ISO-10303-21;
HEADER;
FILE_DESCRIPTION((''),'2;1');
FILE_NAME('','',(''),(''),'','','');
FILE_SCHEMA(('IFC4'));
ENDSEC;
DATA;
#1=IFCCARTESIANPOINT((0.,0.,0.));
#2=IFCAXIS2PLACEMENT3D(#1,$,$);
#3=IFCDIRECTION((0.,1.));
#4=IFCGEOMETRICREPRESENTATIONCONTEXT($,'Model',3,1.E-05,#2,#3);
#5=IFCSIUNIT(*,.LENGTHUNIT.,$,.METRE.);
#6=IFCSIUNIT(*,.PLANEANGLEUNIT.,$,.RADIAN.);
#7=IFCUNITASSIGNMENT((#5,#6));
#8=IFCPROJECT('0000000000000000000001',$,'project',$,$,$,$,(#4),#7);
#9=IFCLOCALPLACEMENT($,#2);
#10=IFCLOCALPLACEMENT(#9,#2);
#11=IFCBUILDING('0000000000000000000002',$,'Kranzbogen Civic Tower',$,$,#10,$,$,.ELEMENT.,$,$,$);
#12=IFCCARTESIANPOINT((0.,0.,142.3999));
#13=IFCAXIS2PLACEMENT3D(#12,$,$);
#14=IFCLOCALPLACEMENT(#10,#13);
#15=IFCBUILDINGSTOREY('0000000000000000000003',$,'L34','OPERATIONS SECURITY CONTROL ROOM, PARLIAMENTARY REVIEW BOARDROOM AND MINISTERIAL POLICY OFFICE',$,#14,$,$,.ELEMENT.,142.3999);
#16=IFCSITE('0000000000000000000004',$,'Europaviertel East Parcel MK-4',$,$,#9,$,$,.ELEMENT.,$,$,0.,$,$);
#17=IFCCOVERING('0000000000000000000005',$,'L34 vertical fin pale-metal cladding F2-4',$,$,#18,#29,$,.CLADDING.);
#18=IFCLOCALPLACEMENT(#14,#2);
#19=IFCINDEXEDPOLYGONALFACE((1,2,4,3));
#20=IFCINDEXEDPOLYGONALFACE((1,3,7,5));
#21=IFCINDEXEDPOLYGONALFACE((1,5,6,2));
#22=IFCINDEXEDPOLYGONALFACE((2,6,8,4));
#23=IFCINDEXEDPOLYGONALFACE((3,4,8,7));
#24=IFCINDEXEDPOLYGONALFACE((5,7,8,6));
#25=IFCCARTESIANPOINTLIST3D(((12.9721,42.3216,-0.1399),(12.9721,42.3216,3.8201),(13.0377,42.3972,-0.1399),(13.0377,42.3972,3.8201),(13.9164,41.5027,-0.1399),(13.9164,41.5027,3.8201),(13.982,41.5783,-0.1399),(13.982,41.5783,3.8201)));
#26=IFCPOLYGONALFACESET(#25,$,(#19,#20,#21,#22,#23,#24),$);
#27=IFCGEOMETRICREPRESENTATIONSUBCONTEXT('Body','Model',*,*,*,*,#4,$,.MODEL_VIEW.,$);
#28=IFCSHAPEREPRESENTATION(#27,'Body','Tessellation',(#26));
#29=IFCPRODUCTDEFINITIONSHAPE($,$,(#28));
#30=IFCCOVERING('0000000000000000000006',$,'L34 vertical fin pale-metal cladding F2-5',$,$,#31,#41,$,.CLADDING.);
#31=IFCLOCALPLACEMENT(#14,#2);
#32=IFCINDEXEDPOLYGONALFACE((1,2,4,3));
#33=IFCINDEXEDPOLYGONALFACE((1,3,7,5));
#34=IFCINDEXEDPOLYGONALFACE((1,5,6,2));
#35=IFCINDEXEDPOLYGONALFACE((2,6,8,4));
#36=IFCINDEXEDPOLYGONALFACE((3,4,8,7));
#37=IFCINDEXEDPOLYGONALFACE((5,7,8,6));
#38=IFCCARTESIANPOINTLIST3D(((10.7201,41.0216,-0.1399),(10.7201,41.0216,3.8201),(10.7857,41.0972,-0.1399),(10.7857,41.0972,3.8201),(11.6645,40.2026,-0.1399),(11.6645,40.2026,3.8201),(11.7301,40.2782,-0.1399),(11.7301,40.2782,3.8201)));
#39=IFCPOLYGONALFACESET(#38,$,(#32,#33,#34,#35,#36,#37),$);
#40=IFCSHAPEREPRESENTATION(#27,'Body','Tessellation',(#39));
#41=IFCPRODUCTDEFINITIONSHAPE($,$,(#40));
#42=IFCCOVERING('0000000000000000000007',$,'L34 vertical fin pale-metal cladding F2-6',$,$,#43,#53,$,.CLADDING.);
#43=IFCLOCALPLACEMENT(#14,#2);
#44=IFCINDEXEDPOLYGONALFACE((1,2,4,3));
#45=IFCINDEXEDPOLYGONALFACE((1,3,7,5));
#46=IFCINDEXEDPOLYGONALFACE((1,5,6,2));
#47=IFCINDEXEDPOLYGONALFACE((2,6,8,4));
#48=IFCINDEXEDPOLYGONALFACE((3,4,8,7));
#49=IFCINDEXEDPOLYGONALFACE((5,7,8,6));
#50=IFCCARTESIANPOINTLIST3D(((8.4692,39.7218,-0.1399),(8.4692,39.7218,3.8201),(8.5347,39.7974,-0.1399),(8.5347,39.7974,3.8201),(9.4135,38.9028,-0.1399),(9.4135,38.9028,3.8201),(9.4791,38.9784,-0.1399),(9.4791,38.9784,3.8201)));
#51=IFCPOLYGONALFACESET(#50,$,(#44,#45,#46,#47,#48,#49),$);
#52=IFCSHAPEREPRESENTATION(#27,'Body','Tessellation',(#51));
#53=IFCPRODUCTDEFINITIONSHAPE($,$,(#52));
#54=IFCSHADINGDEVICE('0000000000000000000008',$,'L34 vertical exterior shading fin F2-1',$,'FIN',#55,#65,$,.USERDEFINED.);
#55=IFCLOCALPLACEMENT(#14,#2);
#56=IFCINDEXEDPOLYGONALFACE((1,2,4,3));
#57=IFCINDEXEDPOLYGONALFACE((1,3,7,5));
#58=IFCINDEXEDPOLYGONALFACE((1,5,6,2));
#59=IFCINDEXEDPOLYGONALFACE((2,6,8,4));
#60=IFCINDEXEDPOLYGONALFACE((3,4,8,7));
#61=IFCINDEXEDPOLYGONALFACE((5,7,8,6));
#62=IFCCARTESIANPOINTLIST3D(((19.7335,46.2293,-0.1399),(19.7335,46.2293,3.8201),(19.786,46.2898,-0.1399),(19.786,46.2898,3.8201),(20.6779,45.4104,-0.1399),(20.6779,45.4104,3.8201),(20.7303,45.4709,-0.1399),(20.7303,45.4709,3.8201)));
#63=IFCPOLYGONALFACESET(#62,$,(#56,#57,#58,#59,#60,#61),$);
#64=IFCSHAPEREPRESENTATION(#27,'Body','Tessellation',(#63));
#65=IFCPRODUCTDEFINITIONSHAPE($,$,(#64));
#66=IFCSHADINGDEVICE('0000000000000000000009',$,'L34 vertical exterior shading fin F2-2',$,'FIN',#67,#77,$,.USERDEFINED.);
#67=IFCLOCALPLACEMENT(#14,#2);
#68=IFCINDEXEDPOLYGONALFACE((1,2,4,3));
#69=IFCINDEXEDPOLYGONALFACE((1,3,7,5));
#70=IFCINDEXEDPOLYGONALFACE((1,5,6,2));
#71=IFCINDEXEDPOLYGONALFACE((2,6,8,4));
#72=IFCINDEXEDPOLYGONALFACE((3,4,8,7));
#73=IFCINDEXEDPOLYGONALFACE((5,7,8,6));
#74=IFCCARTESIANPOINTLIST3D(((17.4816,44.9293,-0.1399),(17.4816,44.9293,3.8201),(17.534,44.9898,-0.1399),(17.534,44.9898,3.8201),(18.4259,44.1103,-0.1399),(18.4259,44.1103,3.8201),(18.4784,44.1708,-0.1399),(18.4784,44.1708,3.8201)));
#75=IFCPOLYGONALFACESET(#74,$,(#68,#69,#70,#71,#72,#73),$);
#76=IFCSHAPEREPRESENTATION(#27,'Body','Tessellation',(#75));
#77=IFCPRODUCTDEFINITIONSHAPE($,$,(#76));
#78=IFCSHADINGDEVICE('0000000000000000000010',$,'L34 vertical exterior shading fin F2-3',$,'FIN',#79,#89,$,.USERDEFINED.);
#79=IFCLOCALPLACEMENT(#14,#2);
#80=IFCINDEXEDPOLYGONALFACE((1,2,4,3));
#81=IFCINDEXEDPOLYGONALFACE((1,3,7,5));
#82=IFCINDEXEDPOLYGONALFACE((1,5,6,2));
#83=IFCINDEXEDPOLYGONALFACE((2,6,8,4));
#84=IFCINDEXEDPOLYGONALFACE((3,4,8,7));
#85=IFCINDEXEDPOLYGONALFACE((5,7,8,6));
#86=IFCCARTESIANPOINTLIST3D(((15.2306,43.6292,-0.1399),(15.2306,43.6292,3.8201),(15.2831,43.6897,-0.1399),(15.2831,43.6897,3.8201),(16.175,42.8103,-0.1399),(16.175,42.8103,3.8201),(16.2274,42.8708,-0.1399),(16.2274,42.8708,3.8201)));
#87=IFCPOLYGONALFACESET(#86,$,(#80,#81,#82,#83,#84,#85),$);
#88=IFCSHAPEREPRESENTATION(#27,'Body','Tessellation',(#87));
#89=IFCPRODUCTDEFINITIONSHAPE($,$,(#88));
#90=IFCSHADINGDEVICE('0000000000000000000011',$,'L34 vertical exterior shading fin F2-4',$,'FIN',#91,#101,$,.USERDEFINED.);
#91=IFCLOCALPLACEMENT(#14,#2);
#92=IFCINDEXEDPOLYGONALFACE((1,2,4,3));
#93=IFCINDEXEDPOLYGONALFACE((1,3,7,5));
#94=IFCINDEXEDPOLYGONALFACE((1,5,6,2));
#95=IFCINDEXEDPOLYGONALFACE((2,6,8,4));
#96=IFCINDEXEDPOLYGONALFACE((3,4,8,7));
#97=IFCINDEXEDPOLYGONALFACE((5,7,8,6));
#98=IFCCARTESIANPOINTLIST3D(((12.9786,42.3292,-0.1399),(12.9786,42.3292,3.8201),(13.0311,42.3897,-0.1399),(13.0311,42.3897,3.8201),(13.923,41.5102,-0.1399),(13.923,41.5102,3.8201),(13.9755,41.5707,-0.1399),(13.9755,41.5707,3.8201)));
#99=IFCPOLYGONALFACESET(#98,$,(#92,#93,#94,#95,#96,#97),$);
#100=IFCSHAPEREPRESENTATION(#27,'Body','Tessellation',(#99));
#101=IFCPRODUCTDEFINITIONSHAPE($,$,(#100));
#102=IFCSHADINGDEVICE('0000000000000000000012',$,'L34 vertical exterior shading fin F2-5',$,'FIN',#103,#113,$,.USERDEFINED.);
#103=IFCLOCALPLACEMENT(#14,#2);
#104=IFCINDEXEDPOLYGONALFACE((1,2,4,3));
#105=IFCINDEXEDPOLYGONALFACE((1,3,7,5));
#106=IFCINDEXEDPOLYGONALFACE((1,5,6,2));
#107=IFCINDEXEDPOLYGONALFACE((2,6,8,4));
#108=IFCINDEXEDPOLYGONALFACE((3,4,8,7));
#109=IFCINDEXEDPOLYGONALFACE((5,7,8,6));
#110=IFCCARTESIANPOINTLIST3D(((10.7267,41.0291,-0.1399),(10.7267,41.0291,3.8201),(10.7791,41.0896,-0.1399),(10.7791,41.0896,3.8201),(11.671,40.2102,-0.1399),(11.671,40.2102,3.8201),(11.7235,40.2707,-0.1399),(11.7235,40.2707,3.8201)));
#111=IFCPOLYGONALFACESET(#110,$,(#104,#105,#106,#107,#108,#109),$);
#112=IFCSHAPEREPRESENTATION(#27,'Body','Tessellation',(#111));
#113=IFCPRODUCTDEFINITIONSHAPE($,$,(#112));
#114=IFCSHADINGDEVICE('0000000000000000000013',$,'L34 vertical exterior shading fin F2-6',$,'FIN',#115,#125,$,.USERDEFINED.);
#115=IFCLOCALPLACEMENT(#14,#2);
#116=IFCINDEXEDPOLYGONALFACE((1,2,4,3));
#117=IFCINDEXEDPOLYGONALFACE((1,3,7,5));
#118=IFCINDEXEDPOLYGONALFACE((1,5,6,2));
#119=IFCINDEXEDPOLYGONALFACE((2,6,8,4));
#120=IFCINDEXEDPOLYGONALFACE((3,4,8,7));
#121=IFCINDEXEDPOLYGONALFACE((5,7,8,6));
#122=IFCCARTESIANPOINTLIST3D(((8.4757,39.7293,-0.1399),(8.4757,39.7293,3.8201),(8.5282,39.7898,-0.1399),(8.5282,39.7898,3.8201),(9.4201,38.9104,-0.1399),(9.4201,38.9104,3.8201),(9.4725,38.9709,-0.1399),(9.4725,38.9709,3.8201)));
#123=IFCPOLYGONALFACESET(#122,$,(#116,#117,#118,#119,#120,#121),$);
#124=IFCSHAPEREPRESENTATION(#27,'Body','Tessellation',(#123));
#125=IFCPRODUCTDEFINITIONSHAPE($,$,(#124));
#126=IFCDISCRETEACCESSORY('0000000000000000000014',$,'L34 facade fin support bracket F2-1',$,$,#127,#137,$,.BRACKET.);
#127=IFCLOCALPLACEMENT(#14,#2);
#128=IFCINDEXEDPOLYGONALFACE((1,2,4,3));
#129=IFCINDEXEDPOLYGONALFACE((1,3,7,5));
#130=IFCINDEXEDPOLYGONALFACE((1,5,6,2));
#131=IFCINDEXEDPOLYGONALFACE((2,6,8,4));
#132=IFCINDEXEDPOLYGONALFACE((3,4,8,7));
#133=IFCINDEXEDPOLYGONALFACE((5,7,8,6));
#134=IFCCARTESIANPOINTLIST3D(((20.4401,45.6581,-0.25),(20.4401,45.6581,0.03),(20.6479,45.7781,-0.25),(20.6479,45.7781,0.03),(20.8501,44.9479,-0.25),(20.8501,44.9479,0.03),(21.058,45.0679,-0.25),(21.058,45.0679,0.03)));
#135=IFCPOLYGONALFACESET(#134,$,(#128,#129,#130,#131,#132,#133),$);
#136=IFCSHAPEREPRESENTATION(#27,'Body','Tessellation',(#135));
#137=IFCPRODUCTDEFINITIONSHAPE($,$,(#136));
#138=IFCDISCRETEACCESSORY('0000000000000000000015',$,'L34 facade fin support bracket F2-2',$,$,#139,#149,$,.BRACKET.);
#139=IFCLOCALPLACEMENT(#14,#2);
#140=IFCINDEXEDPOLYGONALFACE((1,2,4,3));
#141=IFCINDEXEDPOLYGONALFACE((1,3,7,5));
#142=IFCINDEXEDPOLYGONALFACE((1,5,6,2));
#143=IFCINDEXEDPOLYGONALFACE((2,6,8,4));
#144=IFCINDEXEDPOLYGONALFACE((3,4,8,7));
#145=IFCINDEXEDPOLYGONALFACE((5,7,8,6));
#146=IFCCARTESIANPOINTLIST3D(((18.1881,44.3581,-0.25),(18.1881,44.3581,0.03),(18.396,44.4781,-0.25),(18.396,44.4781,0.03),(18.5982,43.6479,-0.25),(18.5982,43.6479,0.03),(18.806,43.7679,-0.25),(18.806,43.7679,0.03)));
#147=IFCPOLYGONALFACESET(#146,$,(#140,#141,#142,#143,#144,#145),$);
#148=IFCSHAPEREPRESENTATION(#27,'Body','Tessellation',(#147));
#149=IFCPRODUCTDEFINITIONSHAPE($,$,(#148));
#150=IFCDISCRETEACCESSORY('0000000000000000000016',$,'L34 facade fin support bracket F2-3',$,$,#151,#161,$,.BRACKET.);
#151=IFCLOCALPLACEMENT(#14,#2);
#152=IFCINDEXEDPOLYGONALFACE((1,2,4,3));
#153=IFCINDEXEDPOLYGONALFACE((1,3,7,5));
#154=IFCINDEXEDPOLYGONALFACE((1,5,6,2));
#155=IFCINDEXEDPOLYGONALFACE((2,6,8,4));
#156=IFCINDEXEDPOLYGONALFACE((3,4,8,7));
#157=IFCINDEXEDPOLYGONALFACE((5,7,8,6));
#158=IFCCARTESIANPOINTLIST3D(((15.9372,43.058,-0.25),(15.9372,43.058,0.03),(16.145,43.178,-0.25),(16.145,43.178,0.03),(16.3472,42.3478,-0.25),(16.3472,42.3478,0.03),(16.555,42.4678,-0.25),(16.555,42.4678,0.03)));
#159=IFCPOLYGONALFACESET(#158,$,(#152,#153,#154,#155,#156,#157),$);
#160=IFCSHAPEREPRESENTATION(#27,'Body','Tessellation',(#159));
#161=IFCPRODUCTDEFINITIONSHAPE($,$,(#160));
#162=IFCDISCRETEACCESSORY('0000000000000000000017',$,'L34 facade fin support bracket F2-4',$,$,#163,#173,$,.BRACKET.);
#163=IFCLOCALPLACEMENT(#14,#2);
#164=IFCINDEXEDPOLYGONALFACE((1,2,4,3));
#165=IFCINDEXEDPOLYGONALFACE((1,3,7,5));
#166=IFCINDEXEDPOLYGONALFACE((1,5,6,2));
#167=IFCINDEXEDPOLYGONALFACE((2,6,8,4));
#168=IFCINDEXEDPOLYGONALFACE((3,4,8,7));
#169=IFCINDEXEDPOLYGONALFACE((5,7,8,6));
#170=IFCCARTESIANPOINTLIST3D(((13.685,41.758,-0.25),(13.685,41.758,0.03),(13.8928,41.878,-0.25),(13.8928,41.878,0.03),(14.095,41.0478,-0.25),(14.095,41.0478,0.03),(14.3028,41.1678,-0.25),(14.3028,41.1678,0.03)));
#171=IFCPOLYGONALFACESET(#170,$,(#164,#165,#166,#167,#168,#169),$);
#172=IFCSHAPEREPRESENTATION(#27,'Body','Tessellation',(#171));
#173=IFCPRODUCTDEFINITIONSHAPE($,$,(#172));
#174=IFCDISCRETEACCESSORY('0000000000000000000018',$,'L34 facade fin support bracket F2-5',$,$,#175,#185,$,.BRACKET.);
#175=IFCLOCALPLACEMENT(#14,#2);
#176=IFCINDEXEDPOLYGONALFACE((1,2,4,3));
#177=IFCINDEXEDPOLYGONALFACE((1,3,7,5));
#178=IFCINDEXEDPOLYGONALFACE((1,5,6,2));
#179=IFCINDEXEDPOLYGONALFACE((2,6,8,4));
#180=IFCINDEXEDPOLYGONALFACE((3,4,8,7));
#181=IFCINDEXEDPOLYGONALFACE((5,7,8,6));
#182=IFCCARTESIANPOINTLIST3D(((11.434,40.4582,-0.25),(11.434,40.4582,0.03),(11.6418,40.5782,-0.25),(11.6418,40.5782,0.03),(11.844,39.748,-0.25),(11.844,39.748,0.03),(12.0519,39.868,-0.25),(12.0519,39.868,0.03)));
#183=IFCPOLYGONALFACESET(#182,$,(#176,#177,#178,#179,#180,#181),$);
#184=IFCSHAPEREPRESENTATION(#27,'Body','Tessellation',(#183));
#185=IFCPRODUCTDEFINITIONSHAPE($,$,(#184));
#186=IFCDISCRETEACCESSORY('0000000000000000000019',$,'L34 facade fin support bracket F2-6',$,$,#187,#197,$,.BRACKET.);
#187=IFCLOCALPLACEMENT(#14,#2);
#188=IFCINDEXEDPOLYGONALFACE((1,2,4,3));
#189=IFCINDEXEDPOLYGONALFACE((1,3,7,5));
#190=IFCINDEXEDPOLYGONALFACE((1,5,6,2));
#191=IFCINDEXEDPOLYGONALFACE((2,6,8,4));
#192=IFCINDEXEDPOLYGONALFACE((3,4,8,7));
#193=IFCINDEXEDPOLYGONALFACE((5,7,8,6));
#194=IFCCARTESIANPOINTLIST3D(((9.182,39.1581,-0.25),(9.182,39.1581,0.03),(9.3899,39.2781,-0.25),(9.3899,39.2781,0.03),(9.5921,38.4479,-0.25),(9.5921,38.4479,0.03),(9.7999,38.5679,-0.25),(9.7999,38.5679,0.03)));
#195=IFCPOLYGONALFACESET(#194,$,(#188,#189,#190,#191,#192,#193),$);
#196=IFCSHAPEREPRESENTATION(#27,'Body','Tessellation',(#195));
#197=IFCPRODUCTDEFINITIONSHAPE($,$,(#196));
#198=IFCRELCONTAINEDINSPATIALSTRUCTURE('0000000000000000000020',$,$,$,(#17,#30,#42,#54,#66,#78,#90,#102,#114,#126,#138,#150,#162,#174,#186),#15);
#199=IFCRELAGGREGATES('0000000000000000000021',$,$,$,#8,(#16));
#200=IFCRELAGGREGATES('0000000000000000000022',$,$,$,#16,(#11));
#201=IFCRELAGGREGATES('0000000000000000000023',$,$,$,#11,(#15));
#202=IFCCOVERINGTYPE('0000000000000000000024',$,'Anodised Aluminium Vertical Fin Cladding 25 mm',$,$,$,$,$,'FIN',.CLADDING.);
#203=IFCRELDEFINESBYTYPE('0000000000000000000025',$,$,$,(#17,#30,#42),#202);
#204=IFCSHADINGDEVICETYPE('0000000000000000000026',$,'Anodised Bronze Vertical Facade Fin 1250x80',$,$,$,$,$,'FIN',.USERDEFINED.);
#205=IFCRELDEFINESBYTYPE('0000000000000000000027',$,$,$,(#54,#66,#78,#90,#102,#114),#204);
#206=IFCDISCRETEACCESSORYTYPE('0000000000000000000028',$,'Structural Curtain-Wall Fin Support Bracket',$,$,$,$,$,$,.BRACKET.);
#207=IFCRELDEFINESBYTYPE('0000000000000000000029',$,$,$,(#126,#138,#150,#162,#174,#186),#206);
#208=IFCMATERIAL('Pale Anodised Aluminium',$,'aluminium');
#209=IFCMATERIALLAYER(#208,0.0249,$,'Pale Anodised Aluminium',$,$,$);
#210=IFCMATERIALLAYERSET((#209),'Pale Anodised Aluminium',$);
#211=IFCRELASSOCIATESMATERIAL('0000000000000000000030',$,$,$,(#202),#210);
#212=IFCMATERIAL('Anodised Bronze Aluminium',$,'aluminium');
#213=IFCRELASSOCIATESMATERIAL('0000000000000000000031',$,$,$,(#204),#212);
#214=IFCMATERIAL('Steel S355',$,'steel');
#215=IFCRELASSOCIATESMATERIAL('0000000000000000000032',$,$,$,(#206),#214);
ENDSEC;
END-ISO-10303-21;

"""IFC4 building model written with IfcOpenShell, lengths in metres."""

from ifc_helpers import new_model, si_unit, direction, frame, origin, origin_2d, place, context, subcontext, project, spatial, rectangle, extrude, material, layer, layer_set, type_object, element, save


model = new_model("IFC4")

# Units and contexts
model_context = context("Model", 3, precision=1e-05, world=origin(), true_north=direction((0.0, 1.0)))
body_context = subcontext(model_context, "Body", "Model", "MODEL_VIEW")
ifc_project = project(units=[si_unit("LENGTHUNIT", "METRE"), si_unit("PLANEANGLEUNIT", "RADIAN")], contexts=[model_context])

# Site, building, storey
site_placement = place(None, origin())
site = spatial("IfcSite", under=ifc_project, at=site_placement, Name="Europaviertel East Parcel MK-4", CompositionType="ELEMENT", RefElevation=0.0)
building_placement = place(site_placement, origin())
building = spatial("IfcBuilding", under=site, at=building_placement, Name="Kranzbogen Civic Tower", CompositionType="ELEMENT")
storey_placement = place(building_placement, frame((0.0, 0.0, 142.3999)))
storey = spatial("IfcBuildingStorey", under=building, at=storey_placement, Name="L34", Description="OPERATIONS SECURITY CONTROL ROOM, PARLIAMENTARY REVIEW BOARDROOM AND MINISTERIAL POLICY OFFICE", CompositionType="ELEMENT", Elevation=142.3999)

# Shared definitions
ifc_material_1 = material(Name="Steel S355", Category="steel")

# Shared definitions
ifc_material_2 = material(Name="Pale Anodised Aluminium", Category="aluminium")

# Coverings
ifc_layer_1 = layer(ifc_material_2, 0.0249, Name="Pale Anodised Aluminium")
ifc_layer_set_1 = layer_set([ifc_layer_1], Name="Pale Anodised Aluminium")
covering_type = type_object("IfcCoveringType", Name="Anodised Aluminium Vertical Fin Cladding 25 mm", ElementType="FIN", PredefinedType="CLADDING", material=ifc_layer_set_1)
for number, where, z_axis, x_axis, name in (
    (1, (13.4771, 41.95, -0.1399), (0.0, 0.0, 1.0), (-0.755488, 0.655163, 0.0), "L34 vertical fin pale-metal cladding F2-4"),
    (2, (11.2251, 40.6499, -0.1399), (0.0, 0.0, 1.0), (-0.755488, 0.655163, 0.0), "L34 vertical fin pale-metal cladding F2-5"),
    (3, (8.9741, 39.3501, -0.1399), (0.0, 0.0, 1.0), (-0.755488, 0.655163, 0.0), "L34 vertical fin pale-metal cladding F2-6"),
):
    element("IfcCovering", number, at=place(storey_placement, frame(where, z_axis=z_axis, x_axis=x_axis)), inside=storey, type_object=covering_type, Name=name, PredefinedType="CLADDING", context=body_context, shape_type="SweptSolid", body=[
        extrude(rectangle(XDim=1.25, YDim=0.1001, at=origin_2d()), origin(), (0.0, 0.0, 1.0), 3.96),
    ])

# Shading devices
ifc_material_3 = material(Name="Anodised Bronze Aluminium", Category="aluminium")
shading_device_type = type_object("IfcShadingDeviceType", Name="Anodised Bronze Vertical Facade Fin 1250x80", ElementType="FIN", PredefinedType="USERDEFINED", material=ifc_material_3)
for number, where, z_axis, x_axis, name in (
    (4, (20.2319, 45.8501, -0.1399), (0.0, 0.0, 1.0), (-0.755488, 0.655163, 0.0), "L34 vertical exterior shading fin F2-1"),
    (5, (17.98, 44.55, -0.1399), (0.0, 0.0, 1.0), (-0.755488, 0.655163, 0.0), "L34 vertical exterior shading fin F2-2"),
    (6, (15.729, 43.25, -0.1399), (0.0, 0.0, 1.0), (-0.755488, 0.655163, 0.0), "L34 vertical exterior shading fin F2-3"),
    (7, (13.4771, 41.95, -0.1399), (0.0, 0.0, 1.0), (-0.755488, 0.655163, 0.0), "L34 vertical exterior shading fin F2-4"),
    (8, (11.2251, 40.6499, -0.1399), (0.0, 0.0, 1.0), (-0.755488, 0.655163, 0.0), "L34 vertical exterior shading fin F2-5"),
    (9, (8.9741, 39.3501, -0.1399), (0.0, 0.0, 1.0), (-0.755488, 0.655163, 0.0), "L34 vertical exterior shading fin F2-6"),
):
    element("IfcShadingDevice", number, at=place(storey_placement, frame(where, z_axis=z_axis, x_axis=x_axis)), inside=storey, type_object=shading_device_type, Name=name, ObjectType="FIN", PredefinedType="USERDEFINED", context=body_context, shape_type="SweptSolid", body=[
        extrude(rectangle(XDim=1.25, YDim=0.0801, at=origin_2d()), origin(), (0.0, 0.0, 1.0), 3.96),
    ])

# Discrete accessories
discrete_accessory_type = type_object("IfcDiscreteAccessoryType", Name="Structural Curtain-Wall Fin Support Bracket", PredefinedType="BRACKET", material=ifc_material_1)
for number, where, z_axis, x_axis, name in (
    (10, (20.749, 45.363, -0.25), (0.0, 0.0, 1.0), (-0.5, 0.866025, 0.0), "L34 facade fin support bracket F2-1"),
    (11, (18.4971, 44.063, -0.25), (0.0, 0.0, 1.0), (-0.5, 0.866025, 0.0), "L34 facade fin support bracket F2-2"),
    (12, (16.2461, 42.7629, -0.25), (0.0, 0.0, 1.0), (-0.5, 0.866025, 0.0), "L34 facade fin support bracket F2-3"),
    (13, (13.9939, 41.4629, -0.25), (0.0, 0.0, 1.0), (-0.5, 0.866025, 0.0), "L34 facade fin support bracket F2-4"),
    (14, (11.7429, 40.1631, -0.25), (0.0, 0.0, 1.0), (-0.5, 0.866025, 0.0), "L34 facade fin support bracket F2-5"),
    (15, (9.491, 38.863, -0.25), (0.0, 0.0, 1.0), (-0.5, 0.866025, 0.0), "L34 facade fin support bracket F2-6"),
):
    element("IfcDiscreteAccessory", number, at=place(storey_placement, frame(where, z_axis=z_axis, x_axis=x_axis)), inside=storey, type_object=discrete_accessory_type, Name=name, PredefinedType="BRACKET", context=body_context, shape_type="SweptSolid", body=[
        extrude(rectangle(XDim=0.8201, YDim=0.24, at=origin_2d()), origin(), (0.0, 0.0, 1.0), 0.28),
    ])

save(model, "model.ifc")
